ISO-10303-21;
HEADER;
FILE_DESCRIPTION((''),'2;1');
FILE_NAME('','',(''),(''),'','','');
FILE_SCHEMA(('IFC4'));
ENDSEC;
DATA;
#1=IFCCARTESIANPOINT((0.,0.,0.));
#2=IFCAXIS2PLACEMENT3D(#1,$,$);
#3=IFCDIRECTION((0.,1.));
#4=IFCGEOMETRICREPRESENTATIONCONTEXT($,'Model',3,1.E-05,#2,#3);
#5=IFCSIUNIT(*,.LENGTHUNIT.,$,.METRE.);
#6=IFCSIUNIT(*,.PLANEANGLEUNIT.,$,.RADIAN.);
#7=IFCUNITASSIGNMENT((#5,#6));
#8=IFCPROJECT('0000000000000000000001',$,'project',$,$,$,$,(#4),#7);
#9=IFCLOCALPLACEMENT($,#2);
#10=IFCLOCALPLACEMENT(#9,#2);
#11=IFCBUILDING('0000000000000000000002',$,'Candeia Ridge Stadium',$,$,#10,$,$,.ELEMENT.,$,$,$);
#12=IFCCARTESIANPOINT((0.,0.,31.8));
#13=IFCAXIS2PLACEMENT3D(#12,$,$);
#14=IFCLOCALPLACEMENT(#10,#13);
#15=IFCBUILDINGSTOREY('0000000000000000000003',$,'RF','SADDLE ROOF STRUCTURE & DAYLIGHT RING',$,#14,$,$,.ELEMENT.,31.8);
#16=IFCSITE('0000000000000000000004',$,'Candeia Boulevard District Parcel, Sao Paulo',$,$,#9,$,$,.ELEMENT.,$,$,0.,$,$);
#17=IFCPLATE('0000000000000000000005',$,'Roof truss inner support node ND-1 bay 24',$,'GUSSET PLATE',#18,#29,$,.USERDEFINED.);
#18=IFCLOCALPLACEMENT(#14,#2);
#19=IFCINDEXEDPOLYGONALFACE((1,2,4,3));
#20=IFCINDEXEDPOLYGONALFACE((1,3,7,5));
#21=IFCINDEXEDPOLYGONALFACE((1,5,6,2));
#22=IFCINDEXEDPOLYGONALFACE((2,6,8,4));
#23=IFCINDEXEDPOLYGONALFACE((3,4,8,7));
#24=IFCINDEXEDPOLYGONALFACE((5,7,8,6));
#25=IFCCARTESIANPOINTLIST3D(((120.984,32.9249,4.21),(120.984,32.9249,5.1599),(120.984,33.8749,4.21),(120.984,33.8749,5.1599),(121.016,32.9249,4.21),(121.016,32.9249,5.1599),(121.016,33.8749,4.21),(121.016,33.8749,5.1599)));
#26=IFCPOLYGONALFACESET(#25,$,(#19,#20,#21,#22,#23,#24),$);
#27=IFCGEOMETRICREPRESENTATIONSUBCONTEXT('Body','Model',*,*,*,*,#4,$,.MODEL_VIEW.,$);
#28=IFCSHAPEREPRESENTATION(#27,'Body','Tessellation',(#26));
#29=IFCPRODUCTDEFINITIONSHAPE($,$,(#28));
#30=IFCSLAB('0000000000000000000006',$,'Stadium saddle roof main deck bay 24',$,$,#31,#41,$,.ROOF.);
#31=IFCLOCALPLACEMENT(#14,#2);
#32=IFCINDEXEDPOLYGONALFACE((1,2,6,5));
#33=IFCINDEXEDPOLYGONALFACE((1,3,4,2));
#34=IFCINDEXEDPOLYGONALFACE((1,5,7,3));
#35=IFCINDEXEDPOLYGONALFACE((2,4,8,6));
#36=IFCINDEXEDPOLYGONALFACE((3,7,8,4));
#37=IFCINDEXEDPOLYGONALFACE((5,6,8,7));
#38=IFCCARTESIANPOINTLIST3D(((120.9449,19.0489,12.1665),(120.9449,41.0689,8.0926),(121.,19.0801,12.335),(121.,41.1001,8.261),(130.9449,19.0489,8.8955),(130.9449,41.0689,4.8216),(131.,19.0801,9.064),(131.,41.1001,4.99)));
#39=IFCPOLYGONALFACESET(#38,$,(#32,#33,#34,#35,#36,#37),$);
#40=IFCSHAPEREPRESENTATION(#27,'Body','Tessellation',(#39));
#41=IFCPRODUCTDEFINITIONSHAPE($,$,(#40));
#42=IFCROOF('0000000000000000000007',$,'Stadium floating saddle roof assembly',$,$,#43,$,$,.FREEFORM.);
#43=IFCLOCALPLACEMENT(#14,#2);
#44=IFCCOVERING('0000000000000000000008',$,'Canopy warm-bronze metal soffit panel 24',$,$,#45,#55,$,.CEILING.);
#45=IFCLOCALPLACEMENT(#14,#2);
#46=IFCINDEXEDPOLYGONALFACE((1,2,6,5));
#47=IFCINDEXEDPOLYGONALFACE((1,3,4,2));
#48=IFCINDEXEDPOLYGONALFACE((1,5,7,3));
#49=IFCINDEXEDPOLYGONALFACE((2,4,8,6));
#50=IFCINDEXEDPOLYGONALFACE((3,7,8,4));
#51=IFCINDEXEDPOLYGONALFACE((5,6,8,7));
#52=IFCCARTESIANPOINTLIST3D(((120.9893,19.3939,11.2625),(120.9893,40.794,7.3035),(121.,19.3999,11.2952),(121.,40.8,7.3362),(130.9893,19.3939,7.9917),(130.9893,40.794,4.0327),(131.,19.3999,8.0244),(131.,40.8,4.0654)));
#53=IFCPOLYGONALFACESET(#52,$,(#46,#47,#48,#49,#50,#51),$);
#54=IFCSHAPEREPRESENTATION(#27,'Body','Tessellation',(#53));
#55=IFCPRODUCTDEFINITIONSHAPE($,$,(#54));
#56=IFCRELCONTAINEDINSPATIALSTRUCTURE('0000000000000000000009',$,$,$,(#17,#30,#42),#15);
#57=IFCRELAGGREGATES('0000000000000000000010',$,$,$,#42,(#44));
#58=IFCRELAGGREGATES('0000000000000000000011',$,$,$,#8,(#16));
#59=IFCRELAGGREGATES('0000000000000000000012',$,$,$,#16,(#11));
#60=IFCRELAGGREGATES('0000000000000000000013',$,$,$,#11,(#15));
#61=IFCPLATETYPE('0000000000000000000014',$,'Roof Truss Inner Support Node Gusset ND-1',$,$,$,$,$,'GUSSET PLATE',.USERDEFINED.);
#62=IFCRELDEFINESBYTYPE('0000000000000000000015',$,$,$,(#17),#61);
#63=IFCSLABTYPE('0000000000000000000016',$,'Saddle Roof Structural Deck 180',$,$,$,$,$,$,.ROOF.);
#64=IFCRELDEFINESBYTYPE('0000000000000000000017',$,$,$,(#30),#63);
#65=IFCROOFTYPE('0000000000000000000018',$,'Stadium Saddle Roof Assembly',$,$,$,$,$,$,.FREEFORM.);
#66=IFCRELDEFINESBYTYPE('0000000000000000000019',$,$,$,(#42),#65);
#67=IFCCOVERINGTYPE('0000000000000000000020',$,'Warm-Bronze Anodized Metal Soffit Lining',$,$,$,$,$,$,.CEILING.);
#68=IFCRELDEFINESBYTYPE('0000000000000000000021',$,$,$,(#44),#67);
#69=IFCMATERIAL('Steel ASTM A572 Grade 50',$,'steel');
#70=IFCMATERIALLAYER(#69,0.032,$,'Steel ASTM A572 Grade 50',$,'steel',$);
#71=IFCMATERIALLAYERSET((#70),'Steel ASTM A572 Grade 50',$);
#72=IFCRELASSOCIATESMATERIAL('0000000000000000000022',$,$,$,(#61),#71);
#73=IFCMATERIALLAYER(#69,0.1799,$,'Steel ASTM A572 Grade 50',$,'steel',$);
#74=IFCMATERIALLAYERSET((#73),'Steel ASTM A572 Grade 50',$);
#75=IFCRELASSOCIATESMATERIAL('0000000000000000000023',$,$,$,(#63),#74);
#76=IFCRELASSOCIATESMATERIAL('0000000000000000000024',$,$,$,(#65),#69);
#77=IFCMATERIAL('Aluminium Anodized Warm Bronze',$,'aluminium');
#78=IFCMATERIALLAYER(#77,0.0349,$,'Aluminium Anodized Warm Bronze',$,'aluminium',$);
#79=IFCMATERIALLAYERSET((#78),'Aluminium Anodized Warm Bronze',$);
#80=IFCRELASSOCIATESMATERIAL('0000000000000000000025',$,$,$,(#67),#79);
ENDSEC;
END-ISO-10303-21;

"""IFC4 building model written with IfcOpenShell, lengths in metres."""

from ifc_helpers import new_model, si_unit, direction, frame, origin, origin_2d, place, context, subcontext, project, spatial, polyline, rectangle, outline, extrude, material, layer, layer_set, type_object, element, aggregate, save


model = new_model("IFC4")

# Units and contexts
model_context = context("Model", 3, precision=1e-05, world=origin(), true_north=direction((0.0, 1.0)))
body_context = subcontext(model_context, "Body", "Model", "MODEL_VIEW")
ifc_project = project(units=[si_unit("LENGTHUNIT", "METRE"), si_unit("PLANEANGLEUNIT", "RADIAN")], contexts=[model_context])

# Site, building, storey
site_placement = place(None, origin())
site = spatial("IfcSite", under=ifc_project, at=site_placement, Name="Candeia Boulevard District Parcel, Sao Paulo", CompositionType="ELEMENT", RefElevation=0.0)
building_placement = place(site_placement, origin())
building = spatial("IfcBuilding", under=site, at=building_placement, Name="Candeia Ridge Stadium", CompositionType="ELEMENT")
storey_placement = place(building_placement, frame((0.0, 0.0, 31.8)))
storey = spatial("IfcBuildingStorey", under=building, at=storey_placement, Name="RF", Description="SADDLE ROOF STRUCTURE & DAYLIGHT RING", CompositionType="ELEMENT", Elevation=31.8)

# Shared definitions
ifc_material_1 = material(Name="Steel ASTM A572 Grade 50", Category="steel")

# Plate
ifc_layer_1 = layer(ifc_material_1, 0.032, Name="Steel ASTM A572 Grade 50", Category="steel")
ifc_layer_set_1 = layer_set([ifc_layer_1], Name="Steel ASTM A572 Grade 50")
plate_type_1 = type_object("IfcPlateType", Name="Roof Truss Inner Support Node Gusset ND-1", ElementType="GUSSET PLATE", PredefinedType="USERDEFINED", material=ifc_layer_set_1)
plate_1_placement = place(storey_placement, frame((121.0, 33.3999, 4.21), z_axis=(0.0, 0.0, 1.0), x_axis=(0.0, -1.0, 0.0)))
element("IfcPlate", 1, at=plate_1_placement, inside=storey, type_object=plate_type_1, Name="Roof truss inner support node ND-1 bay 24", ObjectType="GUSSET PLATE", PredefinedType="USERDEFINED", context=body_context, shape_type="SweptSolid", body=[
    extrude(rectangle(XDim=0.95, YDim=0.032, at=origin_2d()), origin(), (0.0, 0.0, 1.0), 0.95),
])

# Slab
ifc_layer_2 = layer(ifc_material_1, 0.1799, Name="Steel ASTM A572 Grade 50", Category="steel")
ifc_layer_set_2 = layer_set([ifc_layer_2], Name="Steel ASTM A572 Grade 50")
slab_type = type_object("IfcSlabType", Name="Saddle Roof Structural Deck 180", PredefinedType="ROOF", material=ifc_layer_set_2)
slab_placement = place(storey_placement, frame((121.0, 41.1001, 8.261), z_axis=(0.306193, 0.173187, 0.936084), x_axis=(0.950446, 0.0, -0.31089)))
element("IfcSlab", 2, at=slab_placement, inside=storey, type_object=slab_type, Name="Stadium saddle roof main deck bay 24", PredefinedType="ROOF", context=body_context, shape_type="SweptSolid", body=[
    extrude(outline(polyline([(0.0, 0.0), (10.5214, 0.0), (9.2548, -22.3579), (-1.2666, -22.3579), (0.0, 0.0)])), origin(), (0.0, 0.0, -1.0), 0.1799),
])

# Roof, covering
roof_type = type_object("IfcRoofType", Name="Stadium Saddle Roof Assembly", PredefinedType="FREEFORM", material=ifc_material_1)
roof_placement = place(storey_placement, origin())
roof = element("IfcRoof", 3, at=roof_placement, inside=storey, type_object=roof_type, Name="Stadium floating saddle roof assembly", PredefinedType="FREEFORM")
ifc_material_2 = material(Name="Aluminium Anodized Warm Bronze", Category="aluminium")
ifc_layer_3 = layer(ifc_material_2, 0.0349, Name="Aluminium Anodized Warm Bronze", Category="aluminium")
ifc_layer_set_3 = layer_set([ifc_layer_3], Name="Aluminium Anodized Warm Bronze")
covering_type = type_object("IfcCoveringType", Name="Warm-Bronze Anodized Metal Soffit Lining", PredefinedType="CEILING", material=ifc_layer_set_3)
covering_placement = place(storey_placement, frame((121.0, 40.8, 7.3362), z_axis=(0.306173, 0.173175, 0.936092), x_axis=(0.950453, 0.0, -0.310869)))
covering = element("IfcCovering", 4, at=covering_placement, type_object=covering_type, Name="Canopy warm-bronze metal soffit panel 24", PredefinedType="CEILING", context=body_context, shape_type="SweptSolid", body=[
    extrude(outline(polyline([(0.0, 0.0), (10.5213, 0.0), (9.2906, -21.7284), (-1.2307, -21.7284), (0.0, 0.0)])), origin(), (0.0, 0.0, -1.0), 0.0349),
])
aggregate(roof, [covering])

save(model, "model.ifc")
